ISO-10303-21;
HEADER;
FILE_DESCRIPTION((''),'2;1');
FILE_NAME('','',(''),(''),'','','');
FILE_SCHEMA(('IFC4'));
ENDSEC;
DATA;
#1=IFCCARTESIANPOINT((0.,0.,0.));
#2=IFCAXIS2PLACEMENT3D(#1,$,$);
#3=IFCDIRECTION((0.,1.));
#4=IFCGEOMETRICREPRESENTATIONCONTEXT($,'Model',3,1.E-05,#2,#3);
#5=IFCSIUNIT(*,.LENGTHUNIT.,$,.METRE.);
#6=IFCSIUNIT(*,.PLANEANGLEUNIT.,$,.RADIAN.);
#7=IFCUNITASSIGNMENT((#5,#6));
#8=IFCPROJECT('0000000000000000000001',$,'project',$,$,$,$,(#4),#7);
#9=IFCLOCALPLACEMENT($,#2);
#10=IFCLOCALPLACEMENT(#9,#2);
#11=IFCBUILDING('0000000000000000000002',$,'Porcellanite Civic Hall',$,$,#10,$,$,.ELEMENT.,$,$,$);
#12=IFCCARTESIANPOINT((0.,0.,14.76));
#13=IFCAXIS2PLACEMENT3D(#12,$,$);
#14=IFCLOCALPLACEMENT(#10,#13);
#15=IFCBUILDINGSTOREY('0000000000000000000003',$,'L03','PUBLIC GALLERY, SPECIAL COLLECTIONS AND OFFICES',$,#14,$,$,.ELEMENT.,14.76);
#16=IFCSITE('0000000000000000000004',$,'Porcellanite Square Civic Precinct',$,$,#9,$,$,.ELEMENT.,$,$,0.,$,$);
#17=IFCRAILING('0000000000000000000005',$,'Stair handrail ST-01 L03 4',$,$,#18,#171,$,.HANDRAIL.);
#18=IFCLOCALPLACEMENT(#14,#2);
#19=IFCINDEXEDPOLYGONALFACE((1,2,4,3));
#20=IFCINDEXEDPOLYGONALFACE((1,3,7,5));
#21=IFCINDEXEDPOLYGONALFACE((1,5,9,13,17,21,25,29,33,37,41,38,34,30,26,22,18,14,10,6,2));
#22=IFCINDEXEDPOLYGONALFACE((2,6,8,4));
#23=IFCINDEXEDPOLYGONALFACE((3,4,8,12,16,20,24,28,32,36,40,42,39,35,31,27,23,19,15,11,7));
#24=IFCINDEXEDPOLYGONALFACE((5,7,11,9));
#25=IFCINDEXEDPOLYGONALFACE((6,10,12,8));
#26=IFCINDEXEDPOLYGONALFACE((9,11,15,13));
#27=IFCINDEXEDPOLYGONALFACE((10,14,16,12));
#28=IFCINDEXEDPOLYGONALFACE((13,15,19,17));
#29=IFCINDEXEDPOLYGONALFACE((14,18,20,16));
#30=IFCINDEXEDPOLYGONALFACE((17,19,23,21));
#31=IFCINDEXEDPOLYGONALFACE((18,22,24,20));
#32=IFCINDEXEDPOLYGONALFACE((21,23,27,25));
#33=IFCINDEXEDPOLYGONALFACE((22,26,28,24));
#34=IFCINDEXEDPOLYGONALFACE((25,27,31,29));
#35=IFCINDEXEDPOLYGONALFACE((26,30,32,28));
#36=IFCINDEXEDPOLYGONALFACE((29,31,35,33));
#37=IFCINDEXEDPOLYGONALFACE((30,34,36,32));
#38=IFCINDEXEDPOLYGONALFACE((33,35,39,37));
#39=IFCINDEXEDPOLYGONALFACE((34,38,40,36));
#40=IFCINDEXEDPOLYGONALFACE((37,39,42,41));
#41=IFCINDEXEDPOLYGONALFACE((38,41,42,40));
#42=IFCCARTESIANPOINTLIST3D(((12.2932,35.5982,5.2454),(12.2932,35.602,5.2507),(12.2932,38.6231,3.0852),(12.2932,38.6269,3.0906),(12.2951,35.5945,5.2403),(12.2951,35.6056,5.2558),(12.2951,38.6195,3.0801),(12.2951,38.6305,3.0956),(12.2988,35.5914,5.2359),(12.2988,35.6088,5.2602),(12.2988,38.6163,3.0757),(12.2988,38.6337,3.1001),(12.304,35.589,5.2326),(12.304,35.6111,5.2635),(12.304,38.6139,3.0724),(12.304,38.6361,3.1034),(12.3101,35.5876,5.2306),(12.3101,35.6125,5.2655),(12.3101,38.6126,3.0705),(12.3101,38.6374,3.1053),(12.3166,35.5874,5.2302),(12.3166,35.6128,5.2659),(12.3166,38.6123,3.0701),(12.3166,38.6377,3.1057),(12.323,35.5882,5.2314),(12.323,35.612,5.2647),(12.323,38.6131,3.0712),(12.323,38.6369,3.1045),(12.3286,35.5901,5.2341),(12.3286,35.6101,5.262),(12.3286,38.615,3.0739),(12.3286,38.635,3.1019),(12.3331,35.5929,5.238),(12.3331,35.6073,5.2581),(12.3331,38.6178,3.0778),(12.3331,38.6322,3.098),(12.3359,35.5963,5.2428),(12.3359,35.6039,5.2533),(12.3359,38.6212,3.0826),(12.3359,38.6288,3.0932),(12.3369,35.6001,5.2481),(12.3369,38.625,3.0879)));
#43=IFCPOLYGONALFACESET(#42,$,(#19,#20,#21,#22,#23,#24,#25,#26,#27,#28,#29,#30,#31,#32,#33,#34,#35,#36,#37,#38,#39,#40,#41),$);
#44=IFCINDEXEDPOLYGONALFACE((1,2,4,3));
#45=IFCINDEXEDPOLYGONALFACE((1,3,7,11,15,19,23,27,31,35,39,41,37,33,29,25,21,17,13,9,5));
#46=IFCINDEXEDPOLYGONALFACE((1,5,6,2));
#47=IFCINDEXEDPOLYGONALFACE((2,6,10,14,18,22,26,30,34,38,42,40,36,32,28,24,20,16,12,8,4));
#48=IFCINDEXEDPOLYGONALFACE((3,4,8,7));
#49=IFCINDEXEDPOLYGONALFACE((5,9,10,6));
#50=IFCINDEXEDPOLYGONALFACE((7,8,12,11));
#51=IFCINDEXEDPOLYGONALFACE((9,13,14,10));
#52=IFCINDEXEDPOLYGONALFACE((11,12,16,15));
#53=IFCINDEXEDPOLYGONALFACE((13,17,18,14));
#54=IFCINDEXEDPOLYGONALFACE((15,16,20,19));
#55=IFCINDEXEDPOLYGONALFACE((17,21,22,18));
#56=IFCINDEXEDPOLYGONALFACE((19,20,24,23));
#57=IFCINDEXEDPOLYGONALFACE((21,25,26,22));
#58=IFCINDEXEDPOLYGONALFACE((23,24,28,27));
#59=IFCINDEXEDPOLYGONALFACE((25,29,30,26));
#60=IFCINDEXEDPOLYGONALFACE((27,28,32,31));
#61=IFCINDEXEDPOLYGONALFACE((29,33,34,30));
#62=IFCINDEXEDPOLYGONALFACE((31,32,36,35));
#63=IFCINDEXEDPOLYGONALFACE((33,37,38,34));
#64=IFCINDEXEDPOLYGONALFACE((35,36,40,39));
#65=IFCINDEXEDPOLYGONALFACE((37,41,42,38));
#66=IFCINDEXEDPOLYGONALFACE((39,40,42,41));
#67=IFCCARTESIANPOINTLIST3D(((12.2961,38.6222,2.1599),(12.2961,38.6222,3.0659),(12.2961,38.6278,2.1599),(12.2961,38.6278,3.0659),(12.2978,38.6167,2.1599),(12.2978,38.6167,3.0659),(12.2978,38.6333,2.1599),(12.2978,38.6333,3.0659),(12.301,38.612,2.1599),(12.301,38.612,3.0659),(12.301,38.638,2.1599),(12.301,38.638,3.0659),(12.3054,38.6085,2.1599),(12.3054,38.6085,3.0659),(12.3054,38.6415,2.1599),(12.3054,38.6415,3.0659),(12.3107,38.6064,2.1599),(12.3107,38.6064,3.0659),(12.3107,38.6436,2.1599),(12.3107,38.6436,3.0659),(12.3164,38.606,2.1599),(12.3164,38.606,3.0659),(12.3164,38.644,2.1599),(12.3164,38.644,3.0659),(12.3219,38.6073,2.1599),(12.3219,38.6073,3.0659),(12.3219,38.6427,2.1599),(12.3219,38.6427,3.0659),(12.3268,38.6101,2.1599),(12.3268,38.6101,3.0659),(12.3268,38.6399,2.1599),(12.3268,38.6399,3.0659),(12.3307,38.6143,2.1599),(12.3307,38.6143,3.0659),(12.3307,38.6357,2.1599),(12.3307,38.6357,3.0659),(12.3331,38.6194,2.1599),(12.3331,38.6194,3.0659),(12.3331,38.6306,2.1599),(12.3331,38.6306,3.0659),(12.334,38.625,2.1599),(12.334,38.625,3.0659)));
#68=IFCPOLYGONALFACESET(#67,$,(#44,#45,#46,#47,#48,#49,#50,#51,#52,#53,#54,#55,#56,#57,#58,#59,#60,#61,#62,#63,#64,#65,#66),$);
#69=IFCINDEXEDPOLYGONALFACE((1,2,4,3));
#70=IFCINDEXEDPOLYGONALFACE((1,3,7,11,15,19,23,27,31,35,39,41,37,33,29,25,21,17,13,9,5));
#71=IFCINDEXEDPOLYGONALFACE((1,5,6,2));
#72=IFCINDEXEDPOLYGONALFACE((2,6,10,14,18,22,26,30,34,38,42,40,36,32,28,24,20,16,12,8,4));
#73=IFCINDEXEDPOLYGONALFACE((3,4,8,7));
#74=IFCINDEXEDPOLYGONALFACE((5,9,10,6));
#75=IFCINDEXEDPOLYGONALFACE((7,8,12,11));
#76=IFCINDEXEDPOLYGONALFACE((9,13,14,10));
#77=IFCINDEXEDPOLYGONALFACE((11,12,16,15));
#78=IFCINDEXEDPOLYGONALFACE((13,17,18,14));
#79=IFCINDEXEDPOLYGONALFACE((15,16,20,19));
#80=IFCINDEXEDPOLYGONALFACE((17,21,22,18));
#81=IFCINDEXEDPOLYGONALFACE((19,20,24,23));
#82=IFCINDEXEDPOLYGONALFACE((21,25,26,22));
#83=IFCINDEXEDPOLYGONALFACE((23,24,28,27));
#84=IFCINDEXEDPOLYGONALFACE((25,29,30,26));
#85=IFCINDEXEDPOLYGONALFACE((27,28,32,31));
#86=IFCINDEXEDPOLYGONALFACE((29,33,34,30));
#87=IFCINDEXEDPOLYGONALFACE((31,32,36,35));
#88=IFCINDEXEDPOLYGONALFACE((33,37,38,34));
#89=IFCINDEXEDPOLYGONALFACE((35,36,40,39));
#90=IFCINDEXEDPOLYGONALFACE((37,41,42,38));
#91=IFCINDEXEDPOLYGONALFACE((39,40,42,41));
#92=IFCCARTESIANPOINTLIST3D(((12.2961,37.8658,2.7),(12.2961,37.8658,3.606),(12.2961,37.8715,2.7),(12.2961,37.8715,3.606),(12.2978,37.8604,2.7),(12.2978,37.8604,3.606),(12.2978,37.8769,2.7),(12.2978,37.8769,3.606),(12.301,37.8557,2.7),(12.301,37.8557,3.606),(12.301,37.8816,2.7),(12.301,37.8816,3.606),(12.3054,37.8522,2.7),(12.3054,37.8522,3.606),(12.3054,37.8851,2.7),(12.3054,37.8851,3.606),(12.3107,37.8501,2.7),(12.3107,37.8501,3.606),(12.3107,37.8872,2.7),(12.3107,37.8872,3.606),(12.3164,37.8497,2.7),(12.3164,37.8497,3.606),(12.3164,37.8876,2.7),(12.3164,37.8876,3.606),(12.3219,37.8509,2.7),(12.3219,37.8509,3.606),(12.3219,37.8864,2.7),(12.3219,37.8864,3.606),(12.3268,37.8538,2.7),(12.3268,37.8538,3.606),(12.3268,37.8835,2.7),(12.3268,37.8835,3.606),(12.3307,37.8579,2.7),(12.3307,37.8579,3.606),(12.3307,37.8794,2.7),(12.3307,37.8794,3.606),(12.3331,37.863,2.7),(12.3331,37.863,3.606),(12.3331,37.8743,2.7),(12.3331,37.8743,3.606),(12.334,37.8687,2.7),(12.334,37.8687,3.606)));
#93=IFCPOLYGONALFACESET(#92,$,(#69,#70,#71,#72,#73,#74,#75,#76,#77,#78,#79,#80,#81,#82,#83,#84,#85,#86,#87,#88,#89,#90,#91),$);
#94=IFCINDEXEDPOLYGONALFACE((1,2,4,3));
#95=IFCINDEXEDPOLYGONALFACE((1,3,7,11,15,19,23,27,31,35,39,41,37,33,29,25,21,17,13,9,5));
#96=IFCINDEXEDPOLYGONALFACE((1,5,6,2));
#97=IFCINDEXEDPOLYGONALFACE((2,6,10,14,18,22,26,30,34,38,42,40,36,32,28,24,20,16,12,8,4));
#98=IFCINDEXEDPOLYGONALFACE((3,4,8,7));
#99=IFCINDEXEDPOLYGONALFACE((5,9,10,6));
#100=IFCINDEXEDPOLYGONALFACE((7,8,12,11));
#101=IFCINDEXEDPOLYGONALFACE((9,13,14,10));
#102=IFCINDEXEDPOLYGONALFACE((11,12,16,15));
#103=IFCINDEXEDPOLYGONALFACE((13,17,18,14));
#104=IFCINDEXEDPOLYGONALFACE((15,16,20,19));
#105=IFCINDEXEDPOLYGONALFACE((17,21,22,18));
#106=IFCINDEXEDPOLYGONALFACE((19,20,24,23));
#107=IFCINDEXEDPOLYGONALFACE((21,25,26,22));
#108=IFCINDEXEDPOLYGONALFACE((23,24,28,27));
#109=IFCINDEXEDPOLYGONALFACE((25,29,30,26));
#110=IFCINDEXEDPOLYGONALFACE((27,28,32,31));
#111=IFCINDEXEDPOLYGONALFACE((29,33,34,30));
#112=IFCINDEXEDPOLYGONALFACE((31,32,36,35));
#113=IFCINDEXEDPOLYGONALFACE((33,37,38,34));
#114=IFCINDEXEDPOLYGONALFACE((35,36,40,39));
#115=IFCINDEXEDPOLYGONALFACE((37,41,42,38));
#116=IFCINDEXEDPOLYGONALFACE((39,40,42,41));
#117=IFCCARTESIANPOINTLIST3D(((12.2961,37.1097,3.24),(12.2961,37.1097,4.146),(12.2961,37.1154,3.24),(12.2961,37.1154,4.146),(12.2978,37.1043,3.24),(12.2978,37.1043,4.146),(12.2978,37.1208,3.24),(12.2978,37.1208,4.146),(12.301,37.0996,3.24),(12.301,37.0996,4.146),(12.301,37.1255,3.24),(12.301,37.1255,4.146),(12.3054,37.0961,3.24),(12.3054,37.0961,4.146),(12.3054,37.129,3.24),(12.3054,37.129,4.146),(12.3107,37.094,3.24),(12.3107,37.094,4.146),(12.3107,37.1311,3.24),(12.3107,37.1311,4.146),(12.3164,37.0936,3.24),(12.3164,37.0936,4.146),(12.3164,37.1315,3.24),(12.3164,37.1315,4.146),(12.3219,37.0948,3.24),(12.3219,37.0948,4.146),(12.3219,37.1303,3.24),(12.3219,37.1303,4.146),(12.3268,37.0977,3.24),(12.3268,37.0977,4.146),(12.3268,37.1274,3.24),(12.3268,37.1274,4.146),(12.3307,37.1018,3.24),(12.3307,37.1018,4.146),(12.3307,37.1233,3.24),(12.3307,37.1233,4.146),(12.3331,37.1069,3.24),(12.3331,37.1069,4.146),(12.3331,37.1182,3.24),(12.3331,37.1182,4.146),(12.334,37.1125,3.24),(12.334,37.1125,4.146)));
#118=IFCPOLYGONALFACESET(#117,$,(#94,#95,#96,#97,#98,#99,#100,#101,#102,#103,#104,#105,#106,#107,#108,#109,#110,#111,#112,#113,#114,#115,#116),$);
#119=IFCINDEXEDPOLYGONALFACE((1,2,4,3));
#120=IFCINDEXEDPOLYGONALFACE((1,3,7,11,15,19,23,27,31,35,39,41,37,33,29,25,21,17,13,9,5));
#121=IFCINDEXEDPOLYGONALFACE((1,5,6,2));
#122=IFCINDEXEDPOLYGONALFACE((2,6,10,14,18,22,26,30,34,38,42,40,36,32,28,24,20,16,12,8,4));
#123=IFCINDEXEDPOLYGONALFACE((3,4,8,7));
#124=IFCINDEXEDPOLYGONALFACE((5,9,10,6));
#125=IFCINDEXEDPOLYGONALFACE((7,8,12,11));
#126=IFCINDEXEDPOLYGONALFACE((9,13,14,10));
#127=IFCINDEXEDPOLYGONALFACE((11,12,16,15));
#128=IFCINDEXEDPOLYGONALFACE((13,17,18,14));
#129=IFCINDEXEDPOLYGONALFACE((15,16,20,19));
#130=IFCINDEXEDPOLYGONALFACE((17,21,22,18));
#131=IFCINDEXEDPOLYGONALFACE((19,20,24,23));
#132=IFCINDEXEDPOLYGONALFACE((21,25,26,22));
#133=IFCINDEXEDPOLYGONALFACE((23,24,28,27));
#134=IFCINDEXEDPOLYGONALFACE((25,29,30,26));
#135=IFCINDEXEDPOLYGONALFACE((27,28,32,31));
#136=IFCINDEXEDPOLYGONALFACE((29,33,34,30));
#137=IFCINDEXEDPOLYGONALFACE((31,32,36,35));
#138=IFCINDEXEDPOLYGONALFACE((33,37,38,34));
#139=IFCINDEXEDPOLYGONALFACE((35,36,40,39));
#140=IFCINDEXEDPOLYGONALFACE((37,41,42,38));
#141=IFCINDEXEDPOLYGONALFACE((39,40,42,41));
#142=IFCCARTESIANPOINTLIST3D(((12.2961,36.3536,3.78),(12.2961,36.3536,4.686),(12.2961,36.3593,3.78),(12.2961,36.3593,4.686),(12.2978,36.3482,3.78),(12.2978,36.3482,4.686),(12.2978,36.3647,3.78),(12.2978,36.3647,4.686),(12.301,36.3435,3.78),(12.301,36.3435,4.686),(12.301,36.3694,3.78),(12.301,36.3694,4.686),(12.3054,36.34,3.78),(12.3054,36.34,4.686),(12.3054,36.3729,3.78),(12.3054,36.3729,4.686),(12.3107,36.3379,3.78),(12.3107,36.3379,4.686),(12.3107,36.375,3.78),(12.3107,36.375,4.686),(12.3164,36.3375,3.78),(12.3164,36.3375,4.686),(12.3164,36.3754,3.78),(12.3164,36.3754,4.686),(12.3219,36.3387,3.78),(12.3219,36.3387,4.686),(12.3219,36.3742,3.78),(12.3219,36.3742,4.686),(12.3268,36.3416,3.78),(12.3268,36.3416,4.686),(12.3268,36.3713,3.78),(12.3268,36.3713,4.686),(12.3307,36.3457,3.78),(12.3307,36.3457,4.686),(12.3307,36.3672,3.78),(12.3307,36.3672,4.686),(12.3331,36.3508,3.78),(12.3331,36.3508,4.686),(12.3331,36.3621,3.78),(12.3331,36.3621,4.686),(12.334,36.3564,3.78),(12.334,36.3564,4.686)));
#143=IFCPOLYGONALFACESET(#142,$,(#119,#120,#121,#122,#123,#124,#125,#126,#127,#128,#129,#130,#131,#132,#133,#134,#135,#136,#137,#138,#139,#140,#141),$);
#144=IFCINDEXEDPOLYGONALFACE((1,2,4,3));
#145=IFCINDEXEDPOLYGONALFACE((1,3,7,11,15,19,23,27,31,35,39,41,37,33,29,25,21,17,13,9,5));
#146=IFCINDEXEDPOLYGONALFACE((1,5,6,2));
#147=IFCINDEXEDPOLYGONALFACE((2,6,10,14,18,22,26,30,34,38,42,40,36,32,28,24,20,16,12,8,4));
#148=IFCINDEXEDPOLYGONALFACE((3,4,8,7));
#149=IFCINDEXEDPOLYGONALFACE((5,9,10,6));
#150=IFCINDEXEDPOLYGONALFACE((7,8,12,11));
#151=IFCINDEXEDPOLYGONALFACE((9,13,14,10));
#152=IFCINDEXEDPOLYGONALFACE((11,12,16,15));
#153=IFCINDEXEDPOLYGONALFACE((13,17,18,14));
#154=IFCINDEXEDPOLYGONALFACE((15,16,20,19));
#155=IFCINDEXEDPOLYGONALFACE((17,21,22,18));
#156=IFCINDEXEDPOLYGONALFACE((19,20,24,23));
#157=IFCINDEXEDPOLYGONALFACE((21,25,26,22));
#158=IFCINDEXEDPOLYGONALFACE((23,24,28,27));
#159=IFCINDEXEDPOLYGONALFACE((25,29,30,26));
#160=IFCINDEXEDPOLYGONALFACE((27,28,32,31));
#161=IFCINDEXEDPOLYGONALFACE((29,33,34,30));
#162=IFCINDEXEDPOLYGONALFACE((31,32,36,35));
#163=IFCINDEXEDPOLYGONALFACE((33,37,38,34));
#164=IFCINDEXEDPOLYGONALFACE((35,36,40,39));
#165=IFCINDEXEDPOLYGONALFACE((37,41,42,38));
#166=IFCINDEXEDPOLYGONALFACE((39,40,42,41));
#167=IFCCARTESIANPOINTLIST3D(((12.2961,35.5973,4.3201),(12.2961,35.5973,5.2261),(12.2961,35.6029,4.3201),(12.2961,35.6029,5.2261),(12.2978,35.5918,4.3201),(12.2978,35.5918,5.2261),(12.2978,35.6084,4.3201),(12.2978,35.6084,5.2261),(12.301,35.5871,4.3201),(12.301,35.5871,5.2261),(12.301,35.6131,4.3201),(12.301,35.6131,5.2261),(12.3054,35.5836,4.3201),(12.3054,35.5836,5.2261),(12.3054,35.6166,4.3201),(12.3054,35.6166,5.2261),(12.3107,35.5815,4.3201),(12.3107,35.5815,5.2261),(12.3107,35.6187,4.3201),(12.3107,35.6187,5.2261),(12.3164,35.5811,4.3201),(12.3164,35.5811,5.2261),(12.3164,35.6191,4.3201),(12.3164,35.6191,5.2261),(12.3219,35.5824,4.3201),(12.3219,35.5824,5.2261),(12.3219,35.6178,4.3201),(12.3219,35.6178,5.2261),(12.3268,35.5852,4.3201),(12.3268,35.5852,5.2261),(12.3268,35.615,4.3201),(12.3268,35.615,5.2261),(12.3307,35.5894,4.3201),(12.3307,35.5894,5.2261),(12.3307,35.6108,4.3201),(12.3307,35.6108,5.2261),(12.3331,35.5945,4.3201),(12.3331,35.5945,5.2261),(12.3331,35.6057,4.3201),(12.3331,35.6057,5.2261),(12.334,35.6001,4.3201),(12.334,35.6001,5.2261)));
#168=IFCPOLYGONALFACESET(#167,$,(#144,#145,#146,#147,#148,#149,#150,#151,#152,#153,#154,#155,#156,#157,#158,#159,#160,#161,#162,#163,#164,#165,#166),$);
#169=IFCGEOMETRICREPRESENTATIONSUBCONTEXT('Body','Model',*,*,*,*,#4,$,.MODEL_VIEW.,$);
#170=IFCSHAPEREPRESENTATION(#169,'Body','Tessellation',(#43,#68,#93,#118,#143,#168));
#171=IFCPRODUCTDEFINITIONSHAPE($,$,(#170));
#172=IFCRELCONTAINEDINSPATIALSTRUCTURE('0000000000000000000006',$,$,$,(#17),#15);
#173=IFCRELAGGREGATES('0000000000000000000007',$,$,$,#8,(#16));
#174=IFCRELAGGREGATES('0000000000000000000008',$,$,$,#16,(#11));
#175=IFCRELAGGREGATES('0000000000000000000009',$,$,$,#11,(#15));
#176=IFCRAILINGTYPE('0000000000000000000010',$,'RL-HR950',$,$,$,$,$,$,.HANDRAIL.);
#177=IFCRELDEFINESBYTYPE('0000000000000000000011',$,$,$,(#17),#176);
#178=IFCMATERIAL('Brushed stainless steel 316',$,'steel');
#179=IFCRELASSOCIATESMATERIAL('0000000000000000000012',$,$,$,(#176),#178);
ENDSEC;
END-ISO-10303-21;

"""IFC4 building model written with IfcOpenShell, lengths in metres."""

from ifc_helpers import new_model, si_unit, direction, frame, origin, origin_2d, place, context, subcontext, project, spatial, circle, extrude, material, type_object, element, save


model = new_model("IFC4")

# Units and contexts
model_context = context("Model", 3, precision=1e-05, world=origin(), true_north=direction((0.0, 1.0)))
body_context = subcontext(model_context, "Body", "Model", "MODEL_VIEW")
ifc_project = project(units=[si_unit("LENGTHUNIT", "METRE"), si_unit("PLANEANGLEUNIT", "RADIAN")], contexts=[model_context])

# Site, building, storey
site_placement = place(None, origin())
site = spatial("IfcSite", under=ifc_project, at=site_placement, Name="Porcellanite Square Civic Precinct", CompositionType="ELEMENT", RefElevation=0.0)
building_placement = place(site_placement, origin())
building = spatial("IfcBuilding", under=site, at=building_placement, Name="Porcellanite Civic Hall", CompositionType="ELEMENT")
storey_placement = place(building_placement, frame((0.0, 0.0, 14.76)))
storey = spatial("IfcBuildingStorey", under=building, at=storey_placement, Name="L03", Description="PUBLIC GALLERY, SPECIAL COLLECTIONS AND OFFICES", CompositionType="ELEMENT", Elevation=14.76)

# Railing
ifc_material_1 = material(Name="Brushed stainless steel 316", Category="steel")
railing_type_1 = type_object("IfcRailingType", Name="RL-HR950", PredefinedType="HANDRAIL", material=ifc_material_1)
railing_1_placement = place(storey_placement, frame((12.3149, 38.625, 2.1599)))
element("IfcRailing", 1, at=railing_1_placement, inside=storey, type_object=railing_type_1, Name="Stair handrail ST-01 L03 4", PredefinedType="HANDRAIL", context=body_context, shape_type="SweptSolid", body=[
    extrude(circle(Radius=0.022, at=origin_2d()), frame((0.0, 0.0, 0.928), z_axis=(0.0, -0.813796, 0.581151), x_axis=(1.0, 0.0, 0.0)), (0.0, 0.0, 1.0), 3.717),
    extrude(circle(Radius=0.019, at=origin_2d()), origin(), (0.0, 0.0, 1.0), 0.906),
    extrude(circle(Radius=0.019, at=origin_2d()), frame((0.0, -0.7563, 0.54)), (0.0, 0.0, 1.0), 0.906),
    extrude(circle(Radius=0.019, at=origin_2d()), frame((0.0, -1.5125, 1.0801)), (0.0, 0.0, 1.0), 0.906),
    extrude(circle(Radius=0.019, at=origin_2d()), frame((0.0, -2.2686, 1.6201)), (0.0, 0.0, 1.0), 0.906),
    extrude(circle(Radius=0.019, at=origin_2d()), frame((0.0, -3.0249, 2.1602)), (0.0, 0.0, 1.0), 0.906),
])

save(model, "model.ifc")
